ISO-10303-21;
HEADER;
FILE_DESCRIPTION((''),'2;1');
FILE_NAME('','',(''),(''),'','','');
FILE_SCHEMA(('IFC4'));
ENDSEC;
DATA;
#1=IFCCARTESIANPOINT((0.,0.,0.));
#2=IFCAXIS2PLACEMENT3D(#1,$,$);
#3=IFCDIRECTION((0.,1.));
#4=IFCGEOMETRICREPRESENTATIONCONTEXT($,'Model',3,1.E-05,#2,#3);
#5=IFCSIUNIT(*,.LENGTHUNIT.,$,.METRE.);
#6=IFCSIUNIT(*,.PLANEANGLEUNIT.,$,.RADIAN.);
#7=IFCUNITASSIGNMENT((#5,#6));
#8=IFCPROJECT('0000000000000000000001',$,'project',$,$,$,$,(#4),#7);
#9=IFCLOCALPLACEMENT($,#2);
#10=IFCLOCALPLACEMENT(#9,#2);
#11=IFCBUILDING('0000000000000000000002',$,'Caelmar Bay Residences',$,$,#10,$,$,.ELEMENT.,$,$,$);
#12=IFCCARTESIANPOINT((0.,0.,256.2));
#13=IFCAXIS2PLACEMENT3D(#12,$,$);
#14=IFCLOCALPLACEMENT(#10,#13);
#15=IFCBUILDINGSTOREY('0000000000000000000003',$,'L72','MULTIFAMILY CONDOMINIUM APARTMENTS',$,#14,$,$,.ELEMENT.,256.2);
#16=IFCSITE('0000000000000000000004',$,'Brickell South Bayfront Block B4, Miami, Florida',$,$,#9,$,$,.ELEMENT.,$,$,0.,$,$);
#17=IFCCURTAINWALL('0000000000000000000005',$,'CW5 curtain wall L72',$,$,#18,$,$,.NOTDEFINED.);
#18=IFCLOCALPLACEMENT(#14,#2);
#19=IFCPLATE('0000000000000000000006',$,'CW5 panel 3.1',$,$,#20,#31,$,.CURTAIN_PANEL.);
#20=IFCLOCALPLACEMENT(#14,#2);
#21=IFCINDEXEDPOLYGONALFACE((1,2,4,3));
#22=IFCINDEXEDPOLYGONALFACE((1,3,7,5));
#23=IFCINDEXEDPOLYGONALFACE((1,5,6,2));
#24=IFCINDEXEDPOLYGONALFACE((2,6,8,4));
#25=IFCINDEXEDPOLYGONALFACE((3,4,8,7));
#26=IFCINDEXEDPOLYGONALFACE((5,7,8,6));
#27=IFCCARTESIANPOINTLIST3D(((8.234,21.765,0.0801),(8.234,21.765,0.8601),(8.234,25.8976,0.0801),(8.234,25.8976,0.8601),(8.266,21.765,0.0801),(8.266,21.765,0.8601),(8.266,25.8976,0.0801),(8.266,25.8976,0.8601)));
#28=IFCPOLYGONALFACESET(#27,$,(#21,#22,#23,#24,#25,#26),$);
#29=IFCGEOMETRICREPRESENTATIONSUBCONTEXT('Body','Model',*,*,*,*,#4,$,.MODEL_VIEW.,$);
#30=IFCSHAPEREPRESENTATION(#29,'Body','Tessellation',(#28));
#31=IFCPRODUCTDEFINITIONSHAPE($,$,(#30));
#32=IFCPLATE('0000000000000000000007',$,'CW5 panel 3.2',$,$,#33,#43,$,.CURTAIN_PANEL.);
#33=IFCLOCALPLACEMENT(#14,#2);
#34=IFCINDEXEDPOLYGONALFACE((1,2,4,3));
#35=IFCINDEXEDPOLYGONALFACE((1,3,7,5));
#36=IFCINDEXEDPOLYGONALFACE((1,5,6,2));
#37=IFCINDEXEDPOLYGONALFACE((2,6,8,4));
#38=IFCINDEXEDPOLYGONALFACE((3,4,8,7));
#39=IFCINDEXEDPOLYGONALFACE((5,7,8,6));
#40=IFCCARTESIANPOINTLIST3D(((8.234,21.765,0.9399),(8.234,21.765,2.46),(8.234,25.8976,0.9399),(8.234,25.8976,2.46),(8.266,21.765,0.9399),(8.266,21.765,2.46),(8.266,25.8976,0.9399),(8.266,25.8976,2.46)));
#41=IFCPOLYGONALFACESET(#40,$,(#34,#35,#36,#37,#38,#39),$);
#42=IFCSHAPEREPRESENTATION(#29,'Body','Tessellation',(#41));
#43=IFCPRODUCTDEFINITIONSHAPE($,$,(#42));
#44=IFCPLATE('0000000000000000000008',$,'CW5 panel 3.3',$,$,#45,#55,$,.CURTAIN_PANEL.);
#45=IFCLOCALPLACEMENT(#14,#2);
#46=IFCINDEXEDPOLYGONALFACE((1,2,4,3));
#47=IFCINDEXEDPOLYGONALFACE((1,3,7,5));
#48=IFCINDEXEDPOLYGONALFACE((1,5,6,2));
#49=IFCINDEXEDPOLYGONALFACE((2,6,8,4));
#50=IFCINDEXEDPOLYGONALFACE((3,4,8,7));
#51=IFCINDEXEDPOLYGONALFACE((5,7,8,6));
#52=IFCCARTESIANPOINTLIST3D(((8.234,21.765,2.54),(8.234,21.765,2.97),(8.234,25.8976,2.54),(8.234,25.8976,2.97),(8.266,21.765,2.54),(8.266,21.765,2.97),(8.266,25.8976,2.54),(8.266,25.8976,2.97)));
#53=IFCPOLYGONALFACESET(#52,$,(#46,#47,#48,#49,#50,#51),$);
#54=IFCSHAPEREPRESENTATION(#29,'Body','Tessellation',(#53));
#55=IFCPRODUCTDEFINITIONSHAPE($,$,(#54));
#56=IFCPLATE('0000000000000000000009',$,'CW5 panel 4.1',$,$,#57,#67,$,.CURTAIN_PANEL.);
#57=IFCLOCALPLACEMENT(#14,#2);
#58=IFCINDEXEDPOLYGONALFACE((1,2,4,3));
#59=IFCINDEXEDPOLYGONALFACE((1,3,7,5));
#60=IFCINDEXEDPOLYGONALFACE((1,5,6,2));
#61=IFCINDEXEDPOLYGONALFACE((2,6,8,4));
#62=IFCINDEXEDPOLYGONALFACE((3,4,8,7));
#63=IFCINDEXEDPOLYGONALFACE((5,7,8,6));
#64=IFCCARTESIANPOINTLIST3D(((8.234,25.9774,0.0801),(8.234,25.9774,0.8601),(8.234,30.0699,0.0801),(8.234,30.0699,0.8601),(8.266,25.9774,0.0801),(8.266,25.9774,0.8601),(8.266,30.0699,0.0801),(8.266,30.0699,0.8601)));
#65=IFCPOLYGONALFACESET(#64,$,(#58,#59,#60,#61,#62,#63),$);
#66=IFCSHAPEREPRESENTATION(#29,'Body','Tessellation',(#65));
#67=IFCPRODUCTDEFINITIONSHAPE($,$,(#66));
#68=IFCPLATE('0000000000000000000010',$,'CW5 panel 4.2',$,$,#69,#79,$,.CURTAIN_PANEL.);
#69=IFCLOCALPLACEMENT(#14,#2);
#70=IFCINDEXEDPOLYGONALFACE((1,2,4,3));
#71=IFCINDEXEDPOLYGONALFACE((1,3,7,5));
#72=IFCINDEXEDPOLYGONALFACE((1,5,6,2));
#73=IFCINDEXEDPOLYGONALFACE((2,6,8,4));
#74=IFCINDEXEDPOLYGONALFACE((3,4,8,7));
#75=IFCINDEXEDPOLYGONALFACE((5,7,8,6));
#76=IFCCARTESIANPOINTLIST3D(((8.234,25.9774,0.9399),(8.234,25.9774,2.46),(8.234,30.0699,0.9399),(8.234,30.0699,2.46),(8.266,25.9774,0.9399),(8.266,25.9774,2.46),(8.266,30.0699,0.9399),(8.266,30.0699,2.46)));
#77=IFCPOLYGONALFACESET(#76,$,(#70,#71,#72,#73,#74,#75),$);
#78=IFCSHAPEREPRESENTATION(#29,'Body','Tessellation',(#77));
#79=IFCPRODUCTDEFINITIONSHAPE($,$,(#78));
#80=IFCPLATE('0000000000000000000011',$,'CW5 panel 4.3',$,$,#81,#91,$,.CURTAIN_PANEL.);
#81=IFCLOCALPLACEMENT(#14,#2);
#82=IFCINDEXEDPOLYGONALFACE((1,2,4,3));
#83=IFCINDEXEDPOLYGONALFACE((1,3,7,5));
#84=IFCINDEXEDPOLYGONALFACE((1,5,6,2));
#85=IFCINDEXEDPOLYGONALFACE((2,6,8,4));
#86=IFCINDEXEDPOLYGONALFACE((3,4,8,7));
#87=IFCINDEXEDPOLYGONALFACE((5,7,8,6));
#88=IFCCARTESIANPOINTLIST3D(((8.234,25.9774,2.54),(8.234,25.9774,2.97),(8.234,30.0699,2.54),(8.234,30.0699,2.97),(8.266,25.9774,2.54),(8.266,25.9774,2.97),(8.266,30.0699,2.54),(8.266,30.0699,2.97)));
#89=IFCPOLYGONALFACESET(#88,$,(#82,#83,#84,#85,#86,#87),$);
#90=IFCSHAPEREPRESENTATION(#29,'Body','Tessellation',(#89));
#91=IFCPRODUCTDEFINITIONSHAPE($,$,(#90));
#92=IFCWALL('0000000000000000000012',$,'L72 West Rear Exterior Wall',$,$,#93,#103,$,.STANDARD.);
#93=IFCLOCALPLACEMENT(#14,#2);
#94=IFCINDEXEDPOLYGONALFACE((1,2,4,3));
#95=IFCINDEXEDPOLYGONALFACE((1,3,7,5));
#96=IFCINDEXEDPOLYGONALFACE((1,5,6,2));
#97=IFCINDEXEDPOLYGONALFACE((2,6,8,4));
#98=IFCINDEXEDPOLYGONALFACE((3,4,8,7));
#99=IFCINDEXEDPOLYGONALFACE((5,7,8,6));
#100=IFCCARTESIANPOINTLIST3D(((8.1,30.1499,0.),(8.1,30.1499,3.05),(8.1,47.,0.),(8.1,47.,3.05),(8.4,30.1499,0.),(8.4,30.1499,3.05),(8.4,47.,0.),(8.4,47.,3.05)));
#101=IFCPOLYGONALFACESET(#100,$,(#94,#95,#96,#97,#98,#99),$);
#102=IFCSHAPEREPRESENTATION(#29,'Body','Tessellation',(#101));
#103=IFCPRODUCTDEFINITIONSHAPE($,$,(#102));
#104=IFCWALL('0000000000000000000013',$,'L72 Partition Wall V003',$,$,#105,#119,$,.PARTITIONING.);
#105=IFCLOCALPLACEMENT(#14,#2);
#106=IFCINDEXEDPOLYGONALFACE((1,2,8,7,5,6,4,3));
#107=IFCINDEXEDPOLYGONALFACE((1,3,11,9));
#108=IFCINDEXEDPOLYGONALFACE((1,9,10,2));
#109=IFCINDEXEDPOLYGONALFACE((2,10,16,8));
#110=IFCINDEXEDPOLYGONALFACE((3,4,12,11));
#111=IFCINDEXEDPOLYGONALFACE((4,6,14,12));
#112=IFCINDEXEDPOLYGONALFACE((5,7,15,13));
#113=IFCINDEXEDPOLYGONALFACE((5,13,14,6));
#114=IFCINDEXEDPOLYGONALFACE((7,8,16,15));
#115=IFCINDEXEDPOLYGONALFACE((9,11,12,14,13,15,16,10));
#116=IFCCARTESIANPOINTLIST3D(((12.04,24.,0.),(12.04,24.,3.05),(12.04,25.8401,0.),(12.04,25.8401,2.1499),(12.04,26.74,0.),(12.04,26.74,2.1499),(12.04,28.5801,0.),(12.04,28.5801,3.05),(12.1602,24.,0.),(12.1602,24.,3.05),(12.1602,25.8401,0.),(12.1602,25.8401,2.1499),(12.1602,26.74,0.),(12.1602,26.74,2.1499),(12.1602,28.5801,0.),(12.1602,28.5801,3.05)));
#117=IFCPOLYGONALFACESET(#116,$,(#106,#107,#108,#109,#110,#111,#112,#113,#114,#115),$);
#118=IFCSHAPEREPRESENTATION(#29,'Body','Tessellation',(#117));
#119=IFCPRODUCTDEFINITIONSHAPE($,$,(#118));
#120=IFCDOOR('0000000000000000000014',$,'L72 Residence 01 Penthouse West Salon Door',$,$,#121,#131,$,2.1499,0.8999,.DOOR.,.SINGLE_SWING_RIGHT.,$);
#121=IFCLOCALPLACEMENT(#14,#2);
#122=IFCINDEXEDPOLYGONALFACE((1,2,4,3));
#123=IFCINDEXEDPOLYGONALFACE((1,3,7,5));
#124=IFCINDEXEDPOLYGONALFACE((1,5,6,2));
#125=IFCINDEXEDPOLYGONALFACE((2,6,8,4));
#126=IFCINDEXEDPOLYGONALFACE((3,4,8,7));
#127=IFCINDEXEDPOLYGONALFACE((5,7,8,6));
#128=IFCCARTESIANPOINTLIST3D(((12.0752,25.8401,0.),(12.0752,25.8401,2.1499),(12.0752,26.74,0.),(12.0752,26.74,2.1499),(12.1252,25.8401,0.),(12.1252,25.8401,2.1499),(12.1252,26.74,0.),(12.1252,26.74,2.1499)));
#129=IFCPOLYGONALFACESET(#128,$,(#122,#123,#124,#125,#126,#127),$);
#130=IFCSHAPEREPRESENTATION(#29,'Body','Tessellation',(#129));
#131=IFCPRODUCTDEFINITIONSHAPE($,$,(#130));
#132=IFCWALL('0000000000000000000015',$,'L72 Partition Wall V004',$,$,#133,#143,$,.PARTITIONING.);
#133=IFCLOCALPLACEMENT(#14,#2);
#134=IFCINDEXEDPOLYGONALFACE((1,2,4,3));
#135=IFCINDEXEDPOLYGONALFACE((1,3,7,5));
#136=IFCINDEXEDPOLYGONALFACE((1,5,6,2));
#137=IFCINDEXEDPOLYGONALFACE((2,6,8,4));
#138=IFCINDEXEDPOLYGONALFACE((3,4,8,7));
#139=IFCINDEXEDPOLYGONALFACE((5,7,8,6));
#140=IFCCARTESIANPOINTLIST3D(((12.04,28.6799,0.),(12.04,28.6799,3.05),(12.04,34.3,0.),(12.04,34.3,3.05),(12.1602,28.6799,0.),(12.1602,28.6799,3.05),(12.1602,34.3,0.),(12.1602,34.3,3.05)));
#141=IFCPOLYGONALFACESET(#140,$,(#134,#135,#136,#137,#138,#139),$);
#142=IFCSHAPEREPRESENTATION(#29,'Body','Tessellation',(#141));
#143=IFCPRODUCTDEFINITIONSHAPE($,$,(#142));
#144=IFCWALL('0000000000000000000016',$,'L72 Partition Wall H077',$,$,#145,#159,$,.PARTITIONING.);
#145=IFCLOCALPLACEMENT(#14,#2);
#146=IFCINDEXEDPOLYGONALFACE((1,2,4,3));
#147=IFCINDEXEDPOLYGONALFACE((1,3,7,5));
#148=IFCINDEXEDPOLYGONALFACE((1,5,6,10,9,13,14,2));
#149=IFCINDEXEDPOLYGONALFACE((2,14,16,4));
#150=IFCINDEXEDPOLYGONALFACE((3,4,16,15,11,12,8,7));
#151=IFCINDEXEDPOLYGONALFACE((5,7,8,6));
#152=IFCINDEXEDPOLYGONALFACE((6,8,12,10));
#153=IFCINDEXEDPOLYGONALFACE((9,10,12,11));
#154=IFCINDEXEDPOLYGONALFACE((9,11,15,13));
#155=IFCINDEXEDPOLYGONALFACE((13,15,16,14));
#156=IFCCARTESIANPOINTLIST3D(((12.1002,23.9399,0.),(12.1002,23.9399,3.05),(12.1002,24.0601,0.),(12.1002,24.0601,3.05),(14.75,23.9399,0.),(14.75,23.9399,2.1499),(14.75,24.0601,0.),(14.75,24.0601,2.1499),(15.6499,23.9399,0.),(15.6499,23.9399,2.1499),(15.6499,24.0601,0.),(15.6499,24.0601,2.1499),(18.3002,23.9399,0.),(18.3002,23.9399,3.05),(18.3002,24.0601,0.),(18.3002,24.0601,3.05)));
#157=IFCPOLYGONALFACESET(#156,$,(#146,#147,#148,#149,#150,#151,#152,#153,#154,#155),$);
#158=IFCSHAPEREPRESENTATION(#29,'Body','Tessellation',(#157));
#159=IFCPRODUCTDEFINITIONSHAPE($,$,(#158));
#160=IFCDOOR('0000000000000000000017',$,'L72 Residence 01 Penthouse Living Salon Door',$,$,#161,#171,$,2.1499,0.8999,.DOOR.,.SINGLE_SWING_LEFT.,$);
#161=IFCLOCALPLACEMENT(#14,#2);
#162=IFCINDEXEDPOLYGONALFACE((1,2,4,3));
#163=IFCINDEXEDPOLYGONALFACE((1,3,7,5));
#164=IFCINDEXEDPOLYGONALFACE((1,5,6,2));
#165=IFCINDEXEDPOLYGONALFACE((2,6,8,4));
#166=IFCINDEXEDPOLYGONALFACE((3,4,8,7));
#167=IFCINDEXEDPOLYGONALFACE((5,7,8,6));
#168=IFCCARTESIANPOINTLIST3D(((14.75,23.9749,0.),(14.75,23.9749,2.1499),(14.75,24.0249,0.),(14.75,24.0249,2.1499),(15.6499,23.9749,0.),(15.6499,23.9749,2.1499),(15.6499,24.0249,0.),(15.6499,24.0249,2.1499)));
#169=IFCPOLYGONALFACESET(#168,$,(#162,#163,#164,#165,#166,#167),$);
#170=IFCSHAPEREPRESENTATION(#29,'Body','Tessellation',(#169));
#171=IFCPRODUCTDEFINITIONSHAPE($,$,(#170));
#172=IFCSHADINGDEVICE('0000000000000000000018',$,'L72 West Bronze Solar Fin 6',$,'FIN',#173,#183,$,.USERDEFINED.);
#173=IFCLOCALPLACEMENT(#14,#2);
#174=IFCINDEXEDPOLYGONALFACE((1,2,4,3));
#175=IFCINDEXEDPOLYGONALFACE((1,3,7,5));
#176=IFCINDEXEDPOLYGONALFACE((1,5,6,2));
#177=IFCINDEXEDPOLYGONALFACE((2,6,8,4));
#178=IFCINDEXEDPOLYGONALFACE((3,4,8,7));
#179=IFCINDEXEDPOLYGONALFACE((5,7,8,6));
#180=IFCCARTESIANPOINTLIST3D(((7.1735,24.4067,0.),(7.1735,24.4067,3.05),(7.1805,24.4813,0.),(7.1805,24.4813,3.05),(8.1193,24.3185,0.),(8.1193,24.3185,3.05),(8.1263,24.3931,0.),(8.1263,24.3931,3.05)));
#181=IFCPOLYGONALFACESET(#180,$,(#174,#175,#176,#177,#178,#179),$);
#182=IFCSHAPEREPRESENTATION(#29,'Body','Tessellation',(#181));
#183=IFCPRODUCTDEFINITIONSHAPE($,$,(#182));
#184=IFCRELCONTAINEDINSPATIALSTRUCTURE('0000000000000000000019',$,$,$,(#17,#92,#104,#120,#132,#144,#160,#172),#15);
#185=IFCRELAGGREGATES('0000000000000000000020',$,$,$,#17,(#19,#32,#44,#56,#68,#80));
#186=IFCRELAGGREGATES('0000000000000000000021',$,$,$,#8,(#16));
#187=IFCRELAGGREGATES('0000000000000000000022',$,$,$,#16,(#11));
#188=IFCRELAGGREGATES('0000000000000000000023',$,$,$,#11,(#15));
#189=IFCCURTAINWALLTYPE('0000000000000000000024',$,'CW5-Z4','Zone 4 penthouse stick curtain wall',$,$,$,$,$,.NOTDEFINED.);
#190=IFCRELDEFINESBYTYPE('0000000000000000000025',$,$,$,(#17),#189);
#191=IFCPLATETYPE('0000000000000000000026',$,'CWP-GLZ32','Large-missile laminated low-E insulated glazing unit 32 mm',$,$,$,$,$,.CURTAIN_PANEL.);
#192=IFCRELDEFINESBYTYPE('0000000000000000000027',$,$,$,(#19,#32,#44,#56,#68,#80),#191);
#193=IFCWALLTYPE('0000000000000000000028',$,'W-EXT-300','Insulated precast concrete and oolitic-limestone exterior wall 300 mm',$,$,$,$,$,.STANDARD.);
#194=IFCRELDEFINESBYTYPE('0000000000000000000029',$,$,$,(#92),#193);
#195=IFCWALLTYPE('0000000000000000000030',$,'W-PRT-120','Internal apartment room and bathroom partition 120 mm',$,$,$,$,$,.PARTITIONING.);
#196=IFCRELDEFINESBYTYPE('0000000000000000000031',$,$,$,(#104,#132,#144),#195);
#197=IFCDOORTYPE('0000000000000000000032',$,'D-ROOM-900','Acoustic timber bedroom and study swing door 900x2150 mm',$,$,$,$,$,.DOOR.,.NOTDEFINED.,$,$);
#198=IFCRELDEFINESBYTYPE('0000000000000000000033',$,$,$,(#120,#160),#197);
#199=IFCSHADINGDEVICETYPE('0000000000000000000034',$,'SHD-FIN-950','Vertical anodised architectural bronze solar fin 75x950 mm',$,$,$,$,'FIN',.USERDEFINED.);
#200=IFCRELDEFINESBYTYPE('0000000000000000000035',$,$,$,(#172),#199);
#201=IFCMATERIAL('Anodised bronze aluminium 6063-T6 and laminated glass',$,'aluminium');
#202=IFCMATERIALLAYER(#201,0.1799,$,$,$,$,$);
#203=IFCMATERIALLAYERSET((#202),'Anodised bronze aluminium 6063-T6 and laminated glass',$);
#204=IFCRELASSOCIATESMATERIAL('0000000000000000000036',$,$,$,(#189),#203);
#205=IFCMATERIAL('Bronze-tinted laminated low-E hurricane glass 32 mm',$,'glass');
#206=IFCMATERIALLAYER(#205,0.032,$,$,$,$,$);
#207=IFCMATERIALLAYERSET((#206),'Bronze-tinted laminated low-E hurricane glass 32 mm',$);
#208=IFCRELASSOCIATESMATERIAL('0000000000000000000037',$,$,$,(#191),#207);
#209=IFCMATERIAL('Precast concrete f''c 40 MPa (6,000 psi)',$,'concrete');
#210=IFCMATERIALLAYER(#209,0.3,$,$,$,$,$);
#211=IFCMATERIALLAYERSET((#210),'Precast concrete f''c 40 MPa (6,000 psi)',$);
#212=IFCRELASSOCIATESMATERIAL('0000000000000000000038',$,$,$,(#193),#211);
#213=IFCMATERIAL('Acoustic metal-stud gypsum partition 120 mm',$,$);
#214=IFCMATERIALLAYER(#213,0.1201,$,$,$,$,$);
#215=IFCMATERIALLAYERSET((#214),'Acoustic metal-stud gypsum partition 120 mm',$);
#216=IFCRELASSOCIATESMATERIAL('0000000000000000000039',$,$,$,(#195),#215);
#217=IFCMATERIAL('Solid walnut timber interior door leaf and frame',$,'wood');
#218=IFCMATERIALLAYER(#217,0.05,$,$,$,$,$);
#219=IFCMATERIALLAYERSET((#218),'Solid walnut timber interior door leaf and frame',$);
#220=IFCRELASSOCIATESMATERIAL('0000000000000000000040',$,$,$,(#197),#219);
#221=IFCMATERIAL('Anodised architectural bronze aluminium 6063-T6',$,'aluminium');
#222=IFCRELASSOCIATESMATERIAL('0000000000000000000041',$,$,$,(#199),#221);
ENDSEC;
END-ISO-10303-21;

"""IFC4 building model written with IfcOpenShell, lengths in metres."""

from ifc_helpers import new_model, si_unit, direction, frame, frame_2d, origin, origin_2d, place, context, subcontext, project, spatial, rectangle, extrude, material, layer, layer_set, material_profile, profile_set, type_object, element, fill, aggregate, save


model = new_model("IFC4")

# Units and contexts
model_context = context("Model", 3, precision=1e-05, world=origin(), true_north=direction((0.0, 1.0)))
body_context = subcontext(model_context, "Body", "Model", "MODEL_VIEW")
ifc_project = project(units=[si_unit("LENGTHUNIT", "METRE"), si_unit("PLANEANGLEUNIT", "RADIAN")], contexts=[model_context])

# Site, building, storey
site_placement = place(None, origin())
site = spatial("IfcSite", under=ifc_project, at=site_placement, Name="Brickell South Bayfront Block B4, Miami, Florida", CompositionType="ELEMENT", RefElevation=0.0)
building_placement = place(site_placement, origin())
building = spatial("IfcBuilding", under=site, at=building_placement, Name="Caelmar Bay Residences", CompositionType="ELEMENT")
storey_placement = place(building_placement, frame((0.0, 0.0, 256.2)))
storey = spatial("IfcBuildingStorey", under=building, at=storey_placement, Name="L72", Description="MULTIFAMILY CONDOMINIUM APARTMENTS", CompositionType="ELEMENT", Elevation=256.2)

# Curtain wall, plates
ifc_material_1 = material(Name="Anodised bronze aluminium 6063-T6 and laminated glass", Category="aluminium")
ifc_layer_1 = layer(ifc_material_1, 0.1799)
ifc_layer_set_1 = layer_set([ifc_layer_1], Name="Anodised bronze aluminium 6063-T6 and laminated glass")
curtain_wall_type = type_object("IfcCurtainWallType", Name="CW5-Z4", Description="Zone 4 penthouse stick curtain wall", PredefinedType="NOTDEFINED", material=ifc_layer_set_1)
curtain_wall_placement = place(storey_placement, origin())
curtain_wall = element("IfcCurtainWall", 1, at=curtain_wall_placement, inside=storey, type_object=curtain_wall_type, Name="CW5 curtain wall L72", PredefinedType="NOTDEFINED")
ifc_material_2 = material(Name="Bronze-tinted laminated low-E hurricane glass 32 mm", Category="glass")
ifc_layer_2 = layer(ifc_material_2, 0.032)
ifc_layer_set_2 = layer_set([ifc_layer_2], Name="Bronze-tinted laminated low-E hurricane glass 32 mm")
plate_type = type_object("IfcPlateType", Name="CWP-GLZ32", Description="Large-missile laminated low-E insulated glazing unit 32 mm", PredefinedType="CURTAIN_PANEL", material=ifc_layer_set_2)
plate_1_placement = place(storey_placement, frame((8.25, 23.8313, 0.0801), z_axis=(0.0, 0.0, 1.0), x_axis=(0.0, 1.0, 0.0)))
plate_1 = element("IfcPlate", 2, at=plate_1_placement, type_object=plate_type, Name="CW5 panel 3.1", PredefinedType="CURTAIN_PANEL", context=body_context, shape_type="SweptSolid", body=[
    extrude(rectangle(XDim=4.1326, YDim=0.032, at=origin_2d()), origin(), (0.0, 0.0, 1.0), 0.78),
])
plate_2_placement = place(storey_placement, frame((8.25, 23.8313, 0.9399), z_axis=(0.0, 0.0, 1.0), x_axis=(0.0, 1.0, 0.0)))
plate_2 = element("IfcPlate", 3, at=plate_2_placement, type_object=plate_type, Name="CW5 panel 3.2", PredefinedType="CURTAIN_PANEL", context=body_context, shape_type="SweptSolid", body=[
    extrude(rectangle(XDim=4.1326, YDim=0.032, at=origin_2d()), origin(), (0.0, 0.0, 1.0), 1.52),
])
plate_3_placement = place(storey_placement, frame((8.25, 23.8313, 2.54), z_axis=(0.0, 0.0, 1.0), x_axis=(0.0, 1.0, 0.0)))
plate_3 = element("IfcPlate", 4, at=plate_3_placement, type_object=plate_type, Name="CW5 panel 3.3", PredefinedType="CURTAIN_PANEL", context=body_context, shape_type="SweptSolid", body=[
    extrude(rectangle(XDim=4.1326, YDim=0.032, at=origin_2d()), origin(), (0.0, 0.0, 1.0), 0.4299),
])
plate_4_placement = place(storey_placement, frame((8.25, 28.0237, 0.0801), z_axis=(0.0, 0.0, 1.0), x_axis=(0.0, 1.0, 0.0)))
plate_4 = element("IfcPlate", 5, at=plate_4_placement, type_object=plate_type, Name="CW5 panel 4.1", PredefinedType="CURTAIN_PANEL", context=body_context, shape_type="SweptSolid", body=[
    extrude(rectangle(XDim=4.0925, YDim=0.032, at=origin_2d()), origin(), (0.0, 0.0, 1.0), 0.78),
])
plate_5_placement = place(storey_placement, frame((8.25, 28.0237, 0.9399), z_axis=(0.0, 0.0, 1.0), x_axis=(0.0, 1.0, 0.0)))
plate_5 = element("IfcPlate", 6, at=plate_5_placement, type_object=plate_type, Name="CW5 panel 4.2", PredefinedType="CURTAIN_PANEL", context=body_context, shape_type="SweptSolid", body=[
    extrude(rectangle(XDim=4.0925, YDim=0.032, at=origin_2d()), origin(), (0.0, 0.0, 1.0), 1.52),
])
plate_6_placement = place(storey_placement, frame((8.25, 28.0237, 2.54), z_axis=(0.0, 0.0, 1.0), x_axis=(0.0, 1.0, 0.0)))
plate_6 = element("IfcPlate", 7, at=plate_6_placement, type_object=plate_type, Name="CW5 panel 4.3", PredefinedType="CURTAIN_PANEL", context=body_context, shape_type="SweptSolid", body=[
    extrude(rectangle(XDim=4.0925, YDim=0.032, at=origin_2d()), origin(), (0.0, 0.0, 1.0), 0.4299),
])
aggregate(curtain_wall, [plate_1, plate_2, plate_3, plate_4, plate_5, plate_6])

# Wall
ifc_material_3 = material(Name="Precast concrete f'c 40 MPa (6,000 psi)", Category="concrete")
ifc_layer_3 = layer(ifc_material_3, 0.3)
ifc_layer_set_3 = layer_set([ifc_layer_3], Name="Precast concrete f'c 40 MPa (6,000 psi)")
wall_type_1 = type_object("IfcWallType", Name="W-EXT-300", Description="Insulated precast concrete and oolitic-limestone exterior wall 300 mm", PredefinedType="STANDARD", material=ifc_layer_set_3)
wall_1_placement = place(storey_placement, frame((8.25, 30.1499, 0.0), z_axis=(0.0, 0.0, 1.0), x_axis=(0.0, 1.0, 0.0)))
element("IfcWall", 8, at=wall_1_placement, inside=storey, type_object=wall_type_1, Name="L72 West Rear Exterior Wall", PredefinedType="STANDARD", context=body_context, shape_type="SweptSolid", body=[
    extrude(rectangle(XDim=16.8501, YDim=0.3, at=frame_2d((8.425, 0.0))), origin(), (0.0, 0.0, 1.0), 3.05),
])

# Wall, opening, door
ifc_material_4 = material(Name="Acoustic metal-stud gypsum partition 120 mm")
ifc_layer_4 = layer(ifc_material_4, 0.1201)
ifc_layer_set_4 = layer_set([ifc_layer_4], Name="Acoustic metal-stud gypsum partition 120 mm")
wall_type_2 = type_object("IfcWallType", Name="W-PRT-120", Description="Internal apartment room and bathroom partition 120 mm", PredefinedType="PARTITIONING", material=ifc_layer_set_4)
wall_2_placement = place(storey_placement, frame((12.1001, 24.0, 0.0), z_axis=(0.0, 0.0, 1.0), x_axis=(0.0, 1.0, 0.0)))
wall_2 = element("IfcWall", 9, at=wall_2_placement, inside=storey, type_object=wall_type_2, Name="L72 Partition Wall V003", PredefinedType="PARTITIONING", context=body_context, shape_type="SweptSolid", body=[
    extrude(rectangle(XDim=4.5801, YDim=0.1201, at=frame_2d((2.29, 0.0))), origin(), (0.0, 0.0, 1.0), 3.05),
])
opening_1_placement = place(wall_2_placement, frame((1.8401, 0.0, 0.0)))
opening_1 = element("IfcOpeningElement", 10, at=opening_1_placement, cuts=wall_2, PredefinedType="OPENING", context=body_context, shape_type="SweptSolid", body=[
    extrude(rectangle(XDim=0.8999, YDim=2.1499, at=frame_2d((0.45, 1.075))), frame((0.0, 0.0701, 0.0), z_axis=(0.0, -1.0, 0.0), x_axis=(1.0, 0.0, 0.0)), (0.0, 0.0, 1.0), 0.1401),
])
ifc_material_5 = material(Name="Solid walnut timber interior door leaf and frame", Category="wood")
ifc_layer_5 = layer(ifc_material_5, 0.05)
ifc_layer_set_5 = layer_set([ifc_layer_5], Name="Solid walnut timber interior door leaf and frame")
door_type = type_object("IfcDoorType", Name="D-ROOM-900", Description="Acoustic timber bedroom and study swing door 900x2150 mm", OperationType="NOTDEFINED", PredefinedType="DOOR", material=ifc_layer_set_5)
door_1_placement = place(opening_1_placement, origin())
door_1 = element("IfcDoor", 11, at=door_1_placement, inside=storey, type_object=door_type, Name="L72 Residence 01 Penthouse West Salon Door", OperationType="SINGLE_SWING_RIGHT", OverallHeight=2.1499, OverallWidth=0.8999, PredefinedType="DOOR", context=body_context, shape_type="SweptSolid", body=[
    extrude(rectangle(XDim=0.8999, YDim=2.1499, at=frame_2d((0.45, 1.075))), frame((0.0, 0.0249, 0.0), z_axis=(0.0, -1.0, 0.0), x_axis=(1.0, 0.0, 0.0)), (0.0, 0.0, 1.0), 0.05),
])
fill(opening_1, door_1)

# Wall
wall_3_placement = place(storey_placement, frame((12.1001, 28.6799, 0.0), z_axis=(0.0, 0.0, 1.0), x_axis=(0.0, 1.0, 0.0)))
element("IfcWall", 12, at=wall_3_placement, inside=storey, type_object=wall_type_2, Name="L72 Partition Wall V004", PredefinedType="PARTITIONING", context=body_context, shape_type="SweptSolid", body=[
    extrude(rectangle(XDim=5.6201, YDim=0.1201, at=frame_2d((2.8101, 0.0))), origin(), (0.0, 0.0, 1.0), 3.05),
])

# Wall, opening, door
wall_4_placement = place(storey_placement, frame((12.1001, 24.0, 0.0), z_axis=(0.0, 0.0, 1.0), x_axis=(1.0, 0.0, 0.0)))
wall_4 = element("IfcWall", 13, at=wall_4_placement, inside=storey, type_object=wall_type_2, Name="L72 Partition Wall H077", PredefinedType="PARTITIONING", context=body_context, shape_type="SweptSolid", body=[
    extrude(rectangle(XDim=6.2, YDim=0.1201, at=frame_2d((3.1001, 0.0))), origin(), (0.0, 0.0, 1.0), 3.05),
])
opening_2_placement = place(wall_4_placement, frame((2.6499, 0.0, 0.0)))
opening_2 = element("IfcOpeningElement", 14, at=opening_2_placement, cuts=wall_4, PredefinedType="OPENING", context=body_context, shape_type="SweptSolid", body=[
    extrude(rectangle(XDim=0.8999, YDim=2.1499, at=frame_2d((0.45, 1.075))), frame((0.0, 0.0701, 0.0), z_axis=(0.0, -1.0, 0.0), x_axis=(1.0, 0.0, 0.0)), (0.0, 0.0, 1.0), 0.1401),
])
door_2_placement = place(opening_2_placement, origin())
door_2 = element("IfcDoor", 15, at=door_2_placement, inside=storey, type_object=door_type, Name="L72 Residence 01 Penthouse Living Salon Door", OperationType="SINGLE_SWING_LEFT", OverallHeight=2.1499, OverallWidth=0.8999, PredefinedType="DOOR", context=body_context, shape_type="SweptSolid", body=[
    extrude(rectangle(XDim=0.8999, YDim=2.1499, at=frame_2d((0.45, 1.075))), frame((0.0, 0.0249, 0.0), z_axis=(0.0, -1.0, 0.0), x_axis=(1.0, 0.0, 0.0)), (0.0, 0.0, 1.0), 0.05),
])
fill(opening_2, door_2)

# Shading device
ifc_material_6 = material(Name="Anodised architectural bronze aluminium 6063-T6", Category="aluminium")
ifc_material_profile_1 = material_profile(ifc_material_6, rectangle(XDim=0.075, YDim=0.95, at=origin_2d()), Name="BRONZE-FIN-75X950")
ifc_profile_set_1 = profile_set([ifc_material_profile_1], Name="Anodised architectural bronze aluminium 6063-T6")
shading_device_type = type_object("IfcShadingDeviceType", Name="SHD-FIN-950", Description="Vertical anodised architectural bronze solar fin 75x950 mm", ElementType="FIN", PredefinedType="USERDEFINED", material=ifc_profile_set_1)
for number, where, z_axis, x_axis, name in (
    (16, (7.6499, 24.3999, 0.0), (0.0, 0.0, 1.0), (0.092892, 0.995676, 0.0), "L72 West Bronze Solar Fin 6"),
):
    element("IfcShadingDevice", number, at=place(storey_placement, frame(where, z_axis=z_axis, x_axis=x_axis)), inside=storey, type_object=shading_device_type, Name=name, ObjectType="FIN", PredefinedType="USERDEFINED", context=body_context, shape_type="SweptSolid", body=[
        extrude(rectangle(XDim=0.075, YDim=0.95, at=origin_2d()), origin(), (0.0, 0.0, 1.0), 3.05),
    ])

save(model, "model.ifc")
